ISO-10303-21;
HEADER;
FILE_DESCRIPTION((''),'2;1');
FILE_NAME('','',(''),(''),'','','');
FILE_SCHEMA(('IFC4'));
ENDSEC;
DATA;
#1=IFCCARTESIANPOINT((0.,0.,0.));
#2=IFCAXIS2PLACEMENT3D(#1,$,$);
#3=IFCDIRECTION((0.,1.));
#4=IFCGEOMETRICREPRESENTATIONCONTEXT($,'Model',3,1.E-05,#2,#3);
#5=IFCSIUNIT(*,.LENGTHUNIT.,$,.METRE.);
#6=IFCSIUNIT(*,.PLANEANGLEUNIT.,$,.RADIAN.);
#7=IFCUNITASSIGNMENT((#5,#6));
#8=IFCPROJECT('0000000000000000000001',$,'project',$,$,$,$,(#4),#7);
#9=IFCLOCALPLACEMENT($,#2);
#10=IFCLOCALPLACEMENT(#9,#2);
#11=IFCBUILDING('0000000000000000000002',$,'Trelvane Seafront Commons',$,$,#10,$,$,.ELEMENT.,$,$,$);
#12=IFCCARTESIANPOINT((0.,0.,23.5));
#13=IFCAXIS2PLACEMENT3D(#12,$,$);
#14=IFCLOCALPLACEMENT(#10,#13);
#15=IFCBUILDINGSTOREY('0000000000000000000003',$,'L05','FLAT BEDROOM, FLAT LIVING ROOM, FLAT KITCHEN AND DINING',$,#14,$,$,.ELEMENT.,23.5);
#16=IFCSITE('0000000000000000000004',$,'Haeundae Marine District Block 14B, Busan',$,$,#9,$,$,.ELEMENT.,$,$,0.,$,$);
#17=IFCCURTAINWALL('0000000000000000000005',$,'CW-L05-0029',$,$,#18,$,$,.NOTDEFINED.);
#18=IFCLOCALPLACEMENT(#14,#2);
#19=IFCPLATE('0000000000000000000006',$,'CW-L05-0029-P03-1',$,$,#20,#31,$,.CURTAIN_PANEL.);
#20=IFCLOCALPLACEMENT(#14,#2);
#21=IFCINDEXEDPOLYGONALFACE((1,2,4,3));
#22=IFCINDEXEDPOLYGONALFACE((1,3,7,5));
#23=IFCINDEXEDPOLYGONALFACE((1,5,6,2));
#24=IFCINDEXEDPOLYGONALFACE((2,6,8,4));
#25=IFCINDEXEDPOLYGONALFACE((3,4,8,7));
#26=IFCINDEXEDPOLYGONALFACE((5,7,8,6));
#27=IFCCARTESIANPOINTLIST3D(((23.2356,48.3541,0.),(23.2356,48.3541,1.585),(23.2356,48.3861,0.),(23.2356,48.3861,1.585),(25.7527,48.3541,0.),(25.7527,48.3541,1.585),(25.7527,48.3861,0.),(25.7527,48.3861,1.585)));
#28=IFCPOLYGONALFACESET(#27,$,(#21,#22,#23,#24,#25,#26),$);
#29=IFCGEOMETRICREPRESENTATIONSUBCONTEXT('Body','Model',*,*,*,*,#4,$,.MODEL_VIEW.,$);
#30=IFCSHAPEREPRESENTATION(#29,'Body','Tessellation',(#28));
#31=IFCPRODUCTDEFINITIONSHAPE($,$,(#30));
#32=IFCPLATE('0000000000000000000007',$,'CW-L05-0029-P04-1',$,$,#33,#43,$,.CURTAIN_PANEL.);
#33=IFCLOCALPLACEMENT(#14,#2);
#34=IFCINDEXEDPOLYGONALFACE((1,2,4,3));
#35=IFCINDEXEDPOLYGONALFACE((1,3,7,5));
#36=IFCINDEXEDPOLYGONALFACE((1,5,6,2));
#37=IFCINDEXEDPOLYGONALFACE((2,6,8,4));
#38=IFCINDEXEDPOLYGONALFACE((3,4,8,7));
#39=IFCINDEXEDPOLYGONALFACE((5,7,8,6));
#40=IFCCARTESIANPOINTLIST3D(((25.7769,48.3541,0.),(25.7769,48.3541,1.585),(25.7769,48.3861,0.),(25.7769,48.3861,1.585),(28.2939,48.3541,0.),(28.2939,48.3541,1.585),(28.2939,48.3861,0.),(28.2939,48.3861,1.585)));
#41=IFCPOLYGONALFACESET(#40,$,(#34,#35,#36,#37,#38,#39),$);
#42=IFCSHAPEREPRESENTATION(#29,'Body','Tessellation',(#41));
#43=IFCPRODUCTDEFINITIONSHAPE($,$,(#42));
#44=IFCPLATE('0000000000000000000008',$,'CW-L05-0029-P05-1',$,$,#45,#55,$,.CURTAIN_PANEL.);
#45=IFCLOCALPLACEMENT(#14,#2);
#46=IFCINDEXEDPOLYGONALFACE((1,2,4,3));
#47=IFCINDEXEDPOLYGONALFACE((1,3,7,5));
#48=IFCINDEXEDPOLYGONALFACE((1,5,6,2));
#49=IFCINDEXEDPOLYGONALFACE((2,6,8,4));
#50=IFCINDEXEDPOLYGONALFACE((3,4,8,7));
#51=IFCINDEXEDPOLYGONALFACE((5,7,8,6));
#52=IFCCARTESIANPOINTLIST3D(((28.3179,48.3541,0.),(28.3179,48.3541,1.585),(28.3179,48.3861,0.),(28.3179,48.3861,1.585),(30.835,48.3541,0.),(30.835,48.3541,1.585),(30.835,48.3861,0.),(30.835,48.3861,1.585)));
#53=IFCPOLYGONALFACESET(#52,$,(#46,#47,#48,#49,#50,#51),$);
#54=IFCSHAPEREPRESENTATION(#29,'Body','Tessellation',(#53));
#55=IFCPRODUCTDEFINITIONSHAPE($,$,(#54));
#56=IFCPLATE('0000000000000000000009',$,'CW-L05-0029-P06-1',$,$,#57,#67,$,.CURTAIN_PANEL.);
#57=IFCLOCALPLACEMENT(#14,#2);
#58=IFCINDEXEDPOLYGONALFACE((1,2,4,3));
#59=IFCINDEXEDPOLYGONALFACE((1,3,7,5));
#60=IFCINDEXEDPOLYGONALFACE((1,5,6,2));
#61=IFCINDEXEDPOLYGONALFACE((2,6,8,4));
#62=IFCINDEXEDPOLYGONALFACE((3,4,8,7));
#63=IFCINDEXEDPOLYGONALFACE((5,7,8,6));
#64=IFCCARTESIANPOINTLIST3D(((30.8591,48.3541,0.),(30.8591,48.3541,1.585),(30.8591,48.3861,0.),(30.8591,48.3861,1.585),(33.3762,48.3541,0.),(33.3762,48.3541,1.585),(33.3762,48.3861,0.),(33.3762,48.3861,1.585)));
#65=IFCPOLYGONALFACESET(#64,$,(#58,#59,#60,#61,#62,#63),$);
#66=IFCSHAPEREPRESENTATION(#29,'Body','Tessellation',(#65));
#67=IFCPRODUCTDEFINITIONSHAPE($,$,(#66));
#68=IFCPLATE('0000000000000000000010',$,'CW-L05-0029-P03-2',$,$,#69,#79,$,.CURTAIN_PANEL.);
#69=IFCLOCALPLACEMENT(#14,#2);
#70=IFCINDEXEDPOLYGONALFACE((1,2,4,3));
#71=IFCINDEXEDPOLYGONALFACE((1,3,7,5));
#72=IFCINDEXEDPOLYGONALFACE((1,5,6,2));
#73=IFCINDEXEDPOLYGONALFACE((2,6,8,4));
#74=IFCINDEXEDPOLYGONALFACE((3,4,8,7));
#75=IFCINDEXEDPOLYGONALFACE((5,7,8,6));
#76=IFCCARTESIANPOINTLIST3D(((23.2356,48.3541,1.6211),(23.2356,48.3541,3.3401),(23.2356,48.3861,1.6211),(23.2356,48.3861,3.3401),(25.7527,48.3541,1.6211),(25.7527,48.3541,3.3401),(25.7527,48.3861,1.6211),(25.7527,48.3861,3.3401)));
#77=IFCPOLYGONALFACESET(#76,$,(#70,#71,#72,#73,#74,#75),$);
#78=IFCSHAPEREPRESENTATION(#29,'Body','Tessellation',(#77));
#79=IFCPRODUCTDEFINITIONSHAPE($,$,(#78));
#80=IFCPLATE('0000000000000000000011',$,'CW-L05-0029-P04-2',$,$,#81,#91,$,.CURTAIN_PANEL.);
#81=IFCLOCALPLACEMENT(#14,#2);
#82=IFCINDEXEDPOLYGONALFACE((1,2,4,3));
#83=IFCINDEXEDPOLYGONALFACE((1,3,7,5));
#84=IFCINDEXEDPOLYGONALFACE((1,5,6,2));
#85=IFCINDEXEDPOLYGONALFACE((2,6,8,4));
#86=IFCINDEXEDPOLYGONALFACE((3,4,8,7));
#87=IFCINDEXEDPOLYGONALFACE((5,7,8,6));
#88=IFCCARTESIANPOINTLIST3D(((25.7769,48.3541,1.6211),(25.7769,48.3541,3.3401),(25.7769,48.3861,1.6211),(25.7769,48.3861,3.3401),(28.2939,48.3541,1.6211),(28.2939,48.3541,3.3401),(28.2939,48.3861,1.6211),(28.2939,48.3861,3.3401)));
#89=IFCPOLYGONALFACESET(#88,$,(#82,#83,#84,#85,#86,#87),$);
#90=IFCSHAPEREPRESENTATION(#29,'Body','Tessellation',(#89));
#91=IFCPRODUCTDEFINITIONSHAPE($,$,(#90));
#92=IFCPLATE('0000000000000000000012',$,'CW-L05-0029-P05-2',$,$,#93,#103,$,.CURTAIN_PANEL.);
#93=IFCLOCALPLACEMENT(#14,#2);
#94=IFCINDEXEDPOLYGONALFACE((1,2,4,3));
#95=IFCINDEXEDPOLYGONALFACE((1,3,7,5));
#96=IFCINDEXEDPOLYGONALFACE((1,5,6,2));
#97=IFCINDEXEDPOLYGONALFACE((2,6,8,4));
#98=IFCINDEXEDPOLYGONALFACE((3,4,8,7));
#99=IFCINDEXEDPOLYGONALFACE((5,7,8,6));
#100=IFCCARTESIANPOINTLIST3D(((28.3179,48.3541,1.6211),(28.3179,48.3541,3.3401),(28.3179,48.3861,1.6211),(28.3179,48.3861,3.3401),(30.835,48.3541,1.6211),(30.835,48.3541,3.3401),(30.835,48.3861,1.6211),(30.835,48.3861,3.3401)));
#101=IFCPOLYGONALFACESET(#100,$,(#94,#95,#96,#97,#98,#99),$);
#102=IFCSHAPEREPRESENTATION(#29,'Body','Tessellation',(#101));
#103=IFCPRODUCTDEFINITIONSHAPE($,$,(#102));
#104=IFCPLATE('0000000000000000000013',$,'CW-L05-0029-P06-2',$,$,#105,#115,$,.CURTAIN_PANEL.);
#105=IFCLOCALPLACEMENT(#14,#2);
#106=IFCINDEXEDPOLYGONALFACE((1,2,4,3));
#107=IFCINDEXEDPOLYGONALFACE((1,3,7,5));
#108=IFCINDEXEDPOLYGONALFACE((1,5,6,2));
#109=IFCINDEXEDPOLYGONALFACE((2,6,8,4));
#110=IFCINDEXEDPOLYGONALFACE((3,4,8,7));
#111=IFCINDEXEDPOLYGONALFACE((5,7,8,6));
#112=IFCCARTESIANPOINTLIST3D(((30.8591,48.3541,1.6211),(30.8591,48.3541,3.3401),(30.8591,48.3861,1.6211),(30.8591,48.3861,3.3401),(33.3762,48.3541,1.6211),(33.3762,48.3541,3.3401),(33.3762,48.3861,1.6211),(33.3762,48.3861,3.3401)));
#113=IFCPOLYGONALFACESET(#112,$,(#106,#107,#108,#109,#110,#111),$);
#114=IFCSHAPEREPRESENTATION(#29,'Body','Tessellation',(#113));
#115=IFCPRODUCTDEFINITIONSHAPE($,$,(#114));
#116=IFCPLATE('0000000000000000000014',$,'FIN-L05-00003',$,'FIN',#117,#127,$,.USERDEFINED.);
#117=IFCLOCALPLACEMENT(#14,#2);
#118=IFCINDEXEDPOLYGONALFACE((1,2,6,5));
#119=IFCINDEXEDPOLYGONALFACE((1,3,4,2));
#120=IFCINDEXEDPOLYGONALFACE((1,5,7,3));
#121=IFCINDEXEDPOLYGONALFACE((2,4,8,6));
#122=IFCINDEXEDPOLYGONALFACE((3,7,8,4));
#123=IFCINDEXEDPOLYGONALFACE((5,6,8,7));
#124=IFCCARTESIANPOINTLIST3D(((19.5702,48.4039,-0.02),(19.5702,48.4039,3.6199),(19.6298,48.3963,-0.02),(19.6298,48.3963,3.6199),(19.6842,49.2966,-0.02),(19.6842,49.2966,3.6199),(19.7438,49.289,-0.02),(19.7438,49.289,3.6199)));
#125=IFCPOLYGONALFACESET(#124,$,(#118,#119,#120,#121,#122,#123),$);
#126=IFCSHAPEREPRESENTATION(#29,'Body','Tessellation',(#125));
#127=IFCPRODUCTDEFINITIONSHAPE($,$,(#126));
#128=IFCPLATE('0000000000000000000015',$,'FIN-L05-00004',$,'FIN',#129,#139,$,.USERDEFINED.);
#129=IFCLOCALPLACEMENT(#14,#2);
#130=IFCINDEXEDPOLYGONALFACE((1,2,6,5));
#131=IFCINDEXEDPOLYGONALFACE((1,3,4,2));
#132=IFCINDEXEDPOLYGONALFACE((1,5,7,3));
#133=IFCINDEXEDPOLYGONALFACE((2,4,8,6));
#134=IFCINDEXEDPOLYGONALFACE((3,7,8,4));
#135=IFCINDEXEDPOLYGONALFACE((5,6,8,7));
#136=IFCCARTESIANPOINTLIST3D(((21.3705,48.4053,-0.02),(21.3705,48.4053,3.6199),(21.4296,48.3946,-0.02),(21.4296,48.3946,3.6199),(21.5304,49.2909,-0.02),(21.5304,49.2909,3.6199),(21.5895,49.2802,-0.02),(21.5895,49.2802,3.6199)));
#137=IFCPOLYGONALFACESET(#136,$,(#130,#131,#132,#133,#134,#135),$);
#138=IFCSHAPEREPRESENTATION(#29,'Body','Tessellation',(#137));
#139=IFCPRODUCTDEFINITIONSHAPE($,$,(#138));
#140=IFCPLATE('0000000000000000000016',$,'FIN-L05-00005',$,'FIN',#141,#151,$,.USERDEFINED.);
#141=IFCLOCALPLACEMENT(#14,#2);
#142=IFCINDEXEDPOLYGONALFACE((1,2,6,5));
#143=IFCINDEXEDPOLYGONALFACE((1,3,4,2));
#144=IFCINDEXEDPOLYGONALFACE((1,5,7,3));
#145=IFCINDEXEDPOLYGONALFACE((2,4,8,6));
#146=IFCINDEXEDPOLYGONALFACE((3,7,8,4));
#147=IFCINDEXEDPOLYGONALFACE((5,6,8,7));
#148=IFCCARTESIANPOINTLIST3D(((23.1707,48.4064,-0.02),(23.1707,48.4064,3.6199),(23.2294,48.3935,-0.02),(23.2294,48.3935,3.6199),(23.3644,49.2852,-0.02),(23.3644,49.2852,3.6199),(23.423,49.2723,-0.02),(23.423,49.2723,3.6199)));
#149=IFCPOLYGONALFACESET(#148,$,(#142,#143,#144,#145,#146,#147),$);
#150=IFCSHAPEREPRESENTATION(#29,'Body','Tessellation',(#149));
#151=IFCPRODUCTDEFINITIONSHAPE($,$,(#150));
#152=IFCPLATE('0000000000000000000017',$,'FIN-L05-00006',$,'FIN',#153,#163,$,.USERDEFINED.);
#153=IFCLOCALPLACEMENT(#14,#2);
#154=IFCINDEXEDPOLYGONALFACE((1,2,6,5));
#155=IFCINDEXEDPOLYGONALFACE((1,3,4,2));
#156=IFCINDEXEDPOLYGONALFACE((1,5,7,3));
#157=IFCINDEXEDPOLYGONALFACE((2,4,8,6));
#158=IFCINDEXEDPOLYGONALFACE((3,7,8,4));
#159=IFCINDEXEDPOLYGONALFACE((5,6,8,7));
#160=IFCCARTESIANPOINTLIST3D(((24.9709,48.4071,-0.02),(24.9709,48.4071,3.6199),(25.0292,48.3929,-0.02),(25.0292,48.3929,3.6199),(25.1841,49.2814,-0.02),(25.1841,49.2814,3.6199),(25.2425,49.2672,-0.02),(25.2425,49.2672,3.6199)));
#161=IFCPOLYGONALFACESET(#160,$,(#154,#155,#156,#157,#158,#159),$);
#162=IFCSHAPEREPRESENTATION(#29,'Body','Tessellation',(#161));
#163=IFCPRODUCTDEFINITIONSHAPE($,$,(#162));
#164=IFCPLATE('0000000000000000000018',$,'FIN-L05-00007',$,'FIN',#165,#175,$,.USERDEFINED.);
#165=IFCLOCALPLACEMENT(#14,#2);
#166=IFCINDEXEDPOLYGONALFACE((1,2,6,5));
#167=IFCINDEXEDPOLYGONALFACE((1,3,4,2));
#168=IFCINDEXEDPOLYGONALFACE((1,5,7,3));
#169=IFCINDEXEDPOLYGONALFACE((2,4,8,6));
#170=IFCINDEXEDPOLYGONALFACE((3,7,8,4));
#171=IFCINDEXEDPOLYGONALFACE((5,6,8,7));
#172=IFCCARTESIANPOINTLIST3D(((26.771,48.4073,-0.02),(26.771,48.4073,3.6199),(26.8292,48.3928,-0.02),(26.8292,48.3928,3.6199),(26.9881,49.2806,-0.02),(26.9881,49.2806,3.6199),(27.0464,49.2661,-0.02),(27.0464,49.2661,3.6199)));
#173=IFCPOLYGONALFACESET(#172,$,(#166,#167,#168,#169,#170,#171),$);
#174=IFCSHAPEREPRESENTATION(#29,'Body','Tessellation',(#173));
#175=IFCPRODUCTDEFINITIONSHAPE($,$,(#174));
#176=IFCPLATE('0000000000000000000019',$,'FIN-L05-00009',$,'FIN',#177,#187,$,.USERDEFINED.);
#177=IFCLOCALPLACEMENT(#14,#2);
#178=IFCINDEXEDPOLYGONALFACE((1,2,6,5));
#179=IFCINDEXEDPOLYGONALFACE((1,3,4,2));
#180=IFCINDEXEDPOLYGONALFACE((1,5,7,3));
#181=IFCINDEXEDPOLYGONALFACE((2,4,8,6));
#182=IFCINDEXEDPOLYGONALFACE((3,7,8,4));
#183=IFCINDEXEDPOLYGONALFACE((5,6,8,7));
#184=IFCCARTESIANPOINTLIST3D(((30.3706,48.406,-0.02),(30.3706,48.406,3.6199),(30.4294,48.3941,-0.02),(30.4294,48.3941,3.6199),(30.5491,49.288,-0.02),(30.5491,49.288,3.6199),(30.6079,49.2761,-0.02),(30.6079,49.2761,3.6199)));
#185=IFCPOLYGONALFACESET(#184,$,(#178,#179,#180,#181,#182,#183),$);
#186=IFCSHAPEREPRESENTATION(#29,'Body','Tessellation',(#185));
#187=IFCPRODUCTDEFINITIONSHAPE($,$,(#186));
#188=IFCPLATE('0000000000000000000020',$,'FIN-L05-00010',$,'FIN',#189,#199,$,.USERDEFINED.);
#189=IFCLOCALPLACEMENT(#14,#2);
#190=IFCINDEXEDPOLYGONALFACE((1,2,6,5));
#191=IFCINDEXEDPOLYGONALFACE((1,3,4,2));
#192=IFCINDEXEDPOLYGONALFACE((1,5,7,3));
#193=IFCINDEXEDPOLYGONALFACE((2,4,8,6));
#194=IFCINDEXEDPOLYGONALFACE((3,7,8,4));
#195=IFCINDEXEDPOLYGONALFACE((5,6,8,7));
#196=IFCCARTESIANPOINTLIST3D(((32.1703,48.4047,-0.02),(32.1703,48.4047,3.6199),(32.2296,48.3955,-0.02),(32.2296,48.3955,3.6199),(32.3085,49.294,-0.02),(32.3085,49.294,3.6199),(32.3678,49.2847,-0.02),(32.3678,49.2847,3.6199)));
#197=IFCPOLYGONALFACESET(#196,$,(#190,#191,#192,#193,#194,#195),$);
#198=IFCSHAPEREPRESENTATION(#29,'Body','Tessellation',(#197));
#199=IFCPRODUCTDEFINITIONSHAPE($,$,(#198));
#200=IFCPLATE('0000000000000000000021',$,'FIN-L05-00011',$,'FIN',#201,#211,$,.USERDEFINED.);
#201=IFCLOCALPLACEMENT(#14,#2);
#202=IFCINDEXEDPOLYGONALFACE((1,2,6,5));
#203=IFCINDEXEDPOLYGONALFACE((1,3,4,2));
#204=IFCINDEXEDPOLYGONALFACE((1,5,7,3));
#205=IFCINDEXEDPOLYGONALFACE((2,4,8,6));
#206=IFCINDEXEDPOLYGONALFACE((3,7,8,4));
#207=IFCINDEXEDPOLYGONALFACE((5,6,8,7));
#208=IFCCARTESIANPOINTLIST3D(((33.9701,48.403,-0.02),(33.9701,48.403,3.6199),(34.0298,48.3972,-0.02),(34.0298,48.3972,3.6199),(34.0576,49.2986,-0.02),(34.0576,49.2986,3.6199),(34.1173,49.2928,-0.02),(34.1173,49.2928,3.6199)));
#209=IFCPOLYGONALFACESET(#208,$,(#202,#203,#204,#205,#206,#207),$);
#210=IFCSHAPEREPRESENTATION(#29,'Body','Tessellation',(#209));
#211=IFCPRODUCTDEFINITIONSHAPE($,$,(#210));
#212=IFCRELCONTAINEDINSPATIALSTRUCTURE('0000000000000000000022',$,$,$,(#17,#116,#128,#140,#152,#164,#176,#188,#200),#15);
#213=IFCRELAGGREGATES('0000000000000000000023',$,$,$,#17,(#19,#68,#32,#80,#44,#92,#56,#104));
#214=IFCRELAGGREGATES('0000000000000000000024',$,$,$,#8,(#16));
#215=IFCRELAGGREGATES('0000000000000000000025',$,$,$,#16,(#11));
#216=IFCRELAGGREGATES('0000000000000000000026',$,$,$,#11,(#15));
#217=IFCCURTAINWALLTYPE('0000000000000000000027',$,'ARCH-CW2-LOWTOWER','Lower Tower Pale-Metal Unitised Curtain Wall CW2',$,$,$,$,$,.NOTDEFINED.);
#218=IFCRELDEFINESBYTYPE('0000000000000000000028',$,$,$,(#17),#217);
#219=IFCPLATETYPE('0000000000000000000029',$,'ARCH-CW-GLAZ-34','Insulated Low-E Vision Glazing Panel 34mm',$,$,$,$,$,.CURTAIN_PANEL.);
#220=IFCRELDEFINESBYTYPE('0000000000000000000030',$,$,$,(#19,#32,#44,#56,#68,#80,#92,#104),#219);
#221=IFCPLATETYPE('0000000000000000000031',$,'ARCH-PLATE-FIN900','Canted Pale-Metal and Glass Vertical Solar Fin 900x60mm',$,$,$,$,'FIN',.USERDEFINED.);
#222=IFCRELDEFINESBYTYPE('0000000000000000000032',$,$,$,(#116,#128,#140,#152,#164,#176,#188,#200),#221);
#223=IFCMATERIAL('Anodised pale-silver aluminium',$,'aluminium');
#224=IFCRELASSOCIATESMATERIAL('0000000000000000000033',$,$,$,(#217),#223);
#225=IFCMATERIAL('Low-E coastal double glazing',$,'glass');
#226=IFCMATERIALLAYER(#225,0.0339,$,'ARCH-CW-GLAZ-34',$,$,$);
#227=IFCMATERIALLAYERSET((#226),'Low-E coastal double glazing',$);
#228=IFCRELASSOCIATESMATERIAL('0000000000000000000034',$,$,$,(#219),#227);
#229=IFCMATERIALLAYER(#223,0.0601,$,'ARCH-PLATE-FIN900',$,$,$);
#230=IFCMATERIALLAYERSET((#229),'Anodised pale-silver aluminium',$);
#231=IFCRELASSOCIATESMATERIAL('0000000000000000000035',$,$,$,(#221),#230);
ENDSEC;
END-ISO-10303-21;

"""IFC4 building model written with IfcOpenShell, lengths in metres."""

from ifc_helpers import new_model, si_unit, direction, frame, origin, origin_2d, place, context, subcontext, project, spatial, rectangle, extrude, source, transform, mapped, material, layer, layer_set, type_object, element, aggregate, save


model = new_model("IFC4")

# Units and contexts
model_context = context("Model", 3, precision=1e-05, world=origin(), true_north=direction((0.0, 1.0)))
body_context = subcontext(model_context, "Body", "Model", "MODEL_VIEW")
ifc_project = project(units=[si_unit("LENGTHUNIT", "METRE"), si_unit("PLANEANGLEUNIT", "RADIAN")], contexts=[model_context])

# Site, building, storey
site_placement = place(None, origin())
site = spatial("IfcSite", under=ifc_project, at=site_placement, Name="Haeundae Marine District Block 14B, Busan", CompositionType="ELEMENT", RefElevation=0.0)
building_placement = place(site_placement, origin())
building = spatial("IfcBuilding", under=site, at=building_placement, Name="Trelvane Seafront Commons", CompositionType="ELEMENT")
storey_placement = place(building_placement, frame((0.0, 0.0, 23.5)))
storey = spatial("IfcBuildingStorey", under=building, at=storey_placement, Name="L05", Description="FLAT BEDROOM, FLAT LIVING ROOM, FLAT KITCHEN AND DINING", CompositionType="ELEMENT", Elevation=23.5)

# Curtain wall, plates
ifc_material_1 = material(Name="Anodised pale-silver aluminium", Category="aluminium")
curtain_wall_type = type_object("IfcCurtainWallType", Name="ARCH-CW2-LOWTOWER", Description="Lower Tower Pale-Metal Unitised Curtain Wall CW2", PredefinedType="NOTDEFINED", material=ifc_material_1)
curtain_wall_placement = place(storey_placement, origin())
curtain_wall = element("IfcCurtainWall", 1, at=curtain_wall_placement, inside=storey, type_object=curtain_wall_type, Name="CW-L05-0029", PredefinedType="NOTDEFINED")
ifc_material_2 = material(Name="Low-E coastal double glazing", Category="glass")
ifc_layer_1 = layer(ifc_material_2, 0.0339, Name="ARCH-CW-GLAZ-34")
ifc_layer_set_1 = layer_set([ifc_layer_1], Name="Low-E coastal double glazing")
plate_type_1 = type_object("IfcPlateType", Name="ARCH-CW-GLAZ-34", Description="Insulated Low-E Vision Glazing Panel 34mm", PredefinedType="CURTAIN_PANEL", material=ifc_layer_set_1)
shared_shape_1 = source(origin(), body_context, "Body", "SweptSolid", [
    extrude(rectangle(XDim=2.5171, YDim=0.032, at=origin_2d()), origin(), (0.0, 0.0, 1.0), 1.585),
])
plate_1_placement = place(storey_placement, frame((24.4941, 48.3701, 0.0), z_axis=(0.0, 0.0, 1.0), x_axis=(1.0, 0.0, 0.0)))
plate_1 = element("IfcPlate", 2, at=plate_1_placement, type_object=plate_type_1, Name="CW-L05-0029-P03-1", PredefinedType="CURTAIN_PANEL", context=body_context, shape_type="MappedRepresentation", body=[
    mapped(shared_shape_1, transform((0.0, 0.0, 0.0), x_axis=(1.0, 0.0, 0.0), y_axis=(0.0, 1.0, 0.0), z_axis=(0.0, 0.0, 1.0), scale=1.0)),
])
plate_2_placement = place(storey_placement, frame((27.0354, 48.3701, 0.0), z_axis=(0.0, 0.0, 1.0), x_axis=(1.0, 0.0, 0.0)))
plate_2 = element("IfcPlate", 3, at=plate_2_placement, type_object=plate_type_1, Name="CW-L05-0029-P04-1", PredefinedType="CURTAIN_PANEL", context=body_context, shape_type="MappedRepresentation", body=[
    mapped(shared_shape_1, transform((0.0, 0.0, 0.0), x_axis=(1.0, 0.0, 0.0), y_axis=(0.0, 1.0, 0.0), z_axis=(0.0, 0.0, 1.0), scale=1.0)),
])
plate_3_placement = place(storey_placement, frame((29.5764, 48.3701, 0.0), z_axis=(0.0, 0.0, 1.0), x_axis=(1.0, 0.0, 0.0)))
plate_3 = element("IfcPlate", 4, at=plate_3_placement, type_object=plate_type_1, Name="CW-L05-0029-P05-1", PredefinedType="CURTAIN_PANEL", context=body_context, shape_type="MappedRepresentation", body=[
    mapped(shared_shape_1, transform((0.0, 0.0, 0.0), x_axis=(1.0, 0.0, 0.0), y_axis=(0.0, 1.0, 0.0), z_axis=(0.0, 0.0, 1.0), scale=1.0)),
])
plate_4_placement = place(storey_placement, frame((32.1177, 48.3701, 0.0), z_axis=(0.0, 0.0, 1.0), x_axis=(1.0, 0.0, 0.0)))
plate_4 = element("IfcPlate", 5, at=plate_4_placement, type_object=plate_type_1, Name="CW-L05-0029-P06-1", PredefinedType="CURTAIN_PANEL", context=body_context, shape_type="MappedRepresentation", body=[
    mapped(shared_shape_1, transform((0.0, 0.0, 0.0), x_axis=(1.0, 0.0, 0.0), y_axis=(0.0, 1.0, 0.0), z_axis=(0.0, 0.0, 1.0), scale=1.0)),
])
shared_shape_2 = source(origin(), body_context, "Body", "SweptSolid", [
    extrude(rectangle(XDim=2.5171, YDim=0.032, at=origin_2d()), origin(), (0.0, 0.0, 1.0), 1.719),
])
plate_5_placement = place(storey_placement, frame((24.4941, 48.3701, 1.6211), z_axis=(0.0, 0.0, 1.0), x_axis=(1.0, 0.0, 0.0)))
plate_5 = element("IfcPlate", 6, at=plate_5_placement, type_object=plate_type_1, Name="CW-L05-0029-P03-2", PredefinedType="CURTAIN_PANEL", context=body_context, shape_type="MappedRepresentation", body=[
    mapped(shared_shape_2, transform((0.0, 0.0, 0.0), x_axis=(1.0, 0.0, 0.0), y_axis=(0.0, 1.0, 0.0), z_axis=(0.0, 0.0, 1.0), scale=1.0)),
])
plate_6_placement = place(storey_placement, frame((27.0354, 48.3701, 1.6211), z_axis=(0.0, 0.0, 1.0), x_axis=(1.0, 0.0, 0.0)))
plate_6 = element("IfcPlate", 7, at=plate_6_placement, type_object=plate_type_1, Name="CW-L05-0029-P04-2", PredefinedType="CURTAIN_PANEL", context=body_context, shape_type="MappedRepresentation", body=[
    mapped(shared_shape_2, transform((0.0, 0.0, 0.0), x_axis=(1.0, 0.0, 0.0), y_axis=(0.0, 1.0, 0.0), z_axis=(0.0, 0.0, 1.0), scale=1.0)),
])
plate_7_placement = place(storey_placement, frame((29.5764, 48.3701, 1.6211), z_axis=(0.0, 0.0, 1.0), x_axis=(1.0, 0.0, 0.0)))
plate_7 = element("IfcPlate", 8, at=plate_7_placement, type_object=plate_type_1, Name="CW-L05-0029-P05-2", PredefinedType="CURTAIN_PANEL", context=body_context, shape_type="MappedRepresentation", body=[
    mapped(shared_shape_2, transform((0.0, 0.0, 0.0), x_axis=(1.0, 0.0, 0.0), y_axis=(0.0, 1.0, 0.0), z_axis=(0.0, 0.0, 1.0), scale=1.0)),
])
plate_8_placement = place(storey_placement, frame((32.1177, 48.3701, 1.6211), z_axis=(0.0, 0.0, 1.0), x_axis=(1.0, 0.0, 0.0)))
plate_8 = element("IfcPlate", 9, at=plate_8_placement, type_object=plate_type_1, Name="CW-L05-0029-P06-2", PredefinedType="CURTAIN_PANEL", context=body_context, shape_type="MappedRepresentation", body=[
    mapped(shared_shape_2, transform((0.0, 0.0, 0.0), x_axis=(1.0, 0.0, 0.0), y_axis=(0.0, 1.0, 0.0), z_axis=(0.0, 0.0, 1.0), scale=1.0)),
])
aggregate(curtain_wall, [plate_1, plate_5, plate_2, plate_6, plate_3, plate_7, plate_4, plate_8])

# Plates
ifc_layer_2 = layer(ifc_material_1, 0.0601, Name="ARCH-PLATE-FIN900")
ifc_layer_set_2 = layer_set([ifc_layer_2], Name="Anodised pale-silver aluminium")
plate_type_2 = type_object("IfcPlateType", Name="ARCH-PLATE-FIN900", Description="Canted Pale-Metal and Glass Vertical Solar Fin 900x60mm", ElementType="FIN", PredefinedType="USERDEFINED", material=ifc_layer_set_2)
shared_shape_3 = source(origin(), body_context, "Body", "SweptSolid", [
    extrude(rectangle(XDim=0.8999, YDim=0.0601, at=origin_2d()), origin(), (0.0, 0.0, 1.0), 3.6399),
])
for number, where, z_axis, x_axis, name in (
    (10, (19.657, 48.8464, -0.02), (0.0, 0.0, 1.0), (0.12666, 0.991946, 0.0), "FIN-L05-00003"),
    (11, (21.48, 48.8428, -0.02), (0.0, 0.0, 1.0), (0.177664, 0.984091, 0.0), "FIN-L05-00004"),
    (12, (23.2969, 48.8394, -0.02), (0.0, 0.0, 1.0), (0.215225, 0.976565, 0.0), "FIN-L05-00005"),
    (13, (25.1067, 48.8372, -0.02), (0.0, 0.0, 1.0), (0.236989, 0.971512, 0.0), "FIN-L05-00006"),
    (14, (26.9087, 48.8367, -0.02), (0.0, 0.0, 1.0), (0.241333, 0.970442, 0.0), "FIN-L05-00007"),
    (15, (30.4893, 48.8411, -0.02), (0.0, 0.0, 1.0), (0.198338, 0.980134, 0.0), "FIN-L05-00009"),
    (16, (32.269, 48.8447, -0.02), (0.0, 0.0, 1.0), (0.15356, 0.988139, 0.0), "FIN-L05-00010"),
    (17, (34.0437, 48.8479, -0.02), (0.0, 0.0, 1.0), (0.097227, 0.995262, 0.0), "FIN-L05-00011"),
):
    element("IfcPlate", number, at=place(storey_placement, frame(where, z_axis=z_axis, x_axis=x_axis)), inside=storey, type_object=plate_type_2, Name=name, ObjectType="FIN", PredefinedType="USERDEFINED", context=body_context, shape_type="MappedRepresentation", body=[
        mapped(shared_shape_3, transform((0.0, 0.0, 0.0), x_axis=(1.0, 0.0, 0.0), y_axis=(0.0, 1.0, 0.0), z_axis=(0.0, 0.0, 1.0), scale=1.0)),
    ])

save(model, "model.ifc")
